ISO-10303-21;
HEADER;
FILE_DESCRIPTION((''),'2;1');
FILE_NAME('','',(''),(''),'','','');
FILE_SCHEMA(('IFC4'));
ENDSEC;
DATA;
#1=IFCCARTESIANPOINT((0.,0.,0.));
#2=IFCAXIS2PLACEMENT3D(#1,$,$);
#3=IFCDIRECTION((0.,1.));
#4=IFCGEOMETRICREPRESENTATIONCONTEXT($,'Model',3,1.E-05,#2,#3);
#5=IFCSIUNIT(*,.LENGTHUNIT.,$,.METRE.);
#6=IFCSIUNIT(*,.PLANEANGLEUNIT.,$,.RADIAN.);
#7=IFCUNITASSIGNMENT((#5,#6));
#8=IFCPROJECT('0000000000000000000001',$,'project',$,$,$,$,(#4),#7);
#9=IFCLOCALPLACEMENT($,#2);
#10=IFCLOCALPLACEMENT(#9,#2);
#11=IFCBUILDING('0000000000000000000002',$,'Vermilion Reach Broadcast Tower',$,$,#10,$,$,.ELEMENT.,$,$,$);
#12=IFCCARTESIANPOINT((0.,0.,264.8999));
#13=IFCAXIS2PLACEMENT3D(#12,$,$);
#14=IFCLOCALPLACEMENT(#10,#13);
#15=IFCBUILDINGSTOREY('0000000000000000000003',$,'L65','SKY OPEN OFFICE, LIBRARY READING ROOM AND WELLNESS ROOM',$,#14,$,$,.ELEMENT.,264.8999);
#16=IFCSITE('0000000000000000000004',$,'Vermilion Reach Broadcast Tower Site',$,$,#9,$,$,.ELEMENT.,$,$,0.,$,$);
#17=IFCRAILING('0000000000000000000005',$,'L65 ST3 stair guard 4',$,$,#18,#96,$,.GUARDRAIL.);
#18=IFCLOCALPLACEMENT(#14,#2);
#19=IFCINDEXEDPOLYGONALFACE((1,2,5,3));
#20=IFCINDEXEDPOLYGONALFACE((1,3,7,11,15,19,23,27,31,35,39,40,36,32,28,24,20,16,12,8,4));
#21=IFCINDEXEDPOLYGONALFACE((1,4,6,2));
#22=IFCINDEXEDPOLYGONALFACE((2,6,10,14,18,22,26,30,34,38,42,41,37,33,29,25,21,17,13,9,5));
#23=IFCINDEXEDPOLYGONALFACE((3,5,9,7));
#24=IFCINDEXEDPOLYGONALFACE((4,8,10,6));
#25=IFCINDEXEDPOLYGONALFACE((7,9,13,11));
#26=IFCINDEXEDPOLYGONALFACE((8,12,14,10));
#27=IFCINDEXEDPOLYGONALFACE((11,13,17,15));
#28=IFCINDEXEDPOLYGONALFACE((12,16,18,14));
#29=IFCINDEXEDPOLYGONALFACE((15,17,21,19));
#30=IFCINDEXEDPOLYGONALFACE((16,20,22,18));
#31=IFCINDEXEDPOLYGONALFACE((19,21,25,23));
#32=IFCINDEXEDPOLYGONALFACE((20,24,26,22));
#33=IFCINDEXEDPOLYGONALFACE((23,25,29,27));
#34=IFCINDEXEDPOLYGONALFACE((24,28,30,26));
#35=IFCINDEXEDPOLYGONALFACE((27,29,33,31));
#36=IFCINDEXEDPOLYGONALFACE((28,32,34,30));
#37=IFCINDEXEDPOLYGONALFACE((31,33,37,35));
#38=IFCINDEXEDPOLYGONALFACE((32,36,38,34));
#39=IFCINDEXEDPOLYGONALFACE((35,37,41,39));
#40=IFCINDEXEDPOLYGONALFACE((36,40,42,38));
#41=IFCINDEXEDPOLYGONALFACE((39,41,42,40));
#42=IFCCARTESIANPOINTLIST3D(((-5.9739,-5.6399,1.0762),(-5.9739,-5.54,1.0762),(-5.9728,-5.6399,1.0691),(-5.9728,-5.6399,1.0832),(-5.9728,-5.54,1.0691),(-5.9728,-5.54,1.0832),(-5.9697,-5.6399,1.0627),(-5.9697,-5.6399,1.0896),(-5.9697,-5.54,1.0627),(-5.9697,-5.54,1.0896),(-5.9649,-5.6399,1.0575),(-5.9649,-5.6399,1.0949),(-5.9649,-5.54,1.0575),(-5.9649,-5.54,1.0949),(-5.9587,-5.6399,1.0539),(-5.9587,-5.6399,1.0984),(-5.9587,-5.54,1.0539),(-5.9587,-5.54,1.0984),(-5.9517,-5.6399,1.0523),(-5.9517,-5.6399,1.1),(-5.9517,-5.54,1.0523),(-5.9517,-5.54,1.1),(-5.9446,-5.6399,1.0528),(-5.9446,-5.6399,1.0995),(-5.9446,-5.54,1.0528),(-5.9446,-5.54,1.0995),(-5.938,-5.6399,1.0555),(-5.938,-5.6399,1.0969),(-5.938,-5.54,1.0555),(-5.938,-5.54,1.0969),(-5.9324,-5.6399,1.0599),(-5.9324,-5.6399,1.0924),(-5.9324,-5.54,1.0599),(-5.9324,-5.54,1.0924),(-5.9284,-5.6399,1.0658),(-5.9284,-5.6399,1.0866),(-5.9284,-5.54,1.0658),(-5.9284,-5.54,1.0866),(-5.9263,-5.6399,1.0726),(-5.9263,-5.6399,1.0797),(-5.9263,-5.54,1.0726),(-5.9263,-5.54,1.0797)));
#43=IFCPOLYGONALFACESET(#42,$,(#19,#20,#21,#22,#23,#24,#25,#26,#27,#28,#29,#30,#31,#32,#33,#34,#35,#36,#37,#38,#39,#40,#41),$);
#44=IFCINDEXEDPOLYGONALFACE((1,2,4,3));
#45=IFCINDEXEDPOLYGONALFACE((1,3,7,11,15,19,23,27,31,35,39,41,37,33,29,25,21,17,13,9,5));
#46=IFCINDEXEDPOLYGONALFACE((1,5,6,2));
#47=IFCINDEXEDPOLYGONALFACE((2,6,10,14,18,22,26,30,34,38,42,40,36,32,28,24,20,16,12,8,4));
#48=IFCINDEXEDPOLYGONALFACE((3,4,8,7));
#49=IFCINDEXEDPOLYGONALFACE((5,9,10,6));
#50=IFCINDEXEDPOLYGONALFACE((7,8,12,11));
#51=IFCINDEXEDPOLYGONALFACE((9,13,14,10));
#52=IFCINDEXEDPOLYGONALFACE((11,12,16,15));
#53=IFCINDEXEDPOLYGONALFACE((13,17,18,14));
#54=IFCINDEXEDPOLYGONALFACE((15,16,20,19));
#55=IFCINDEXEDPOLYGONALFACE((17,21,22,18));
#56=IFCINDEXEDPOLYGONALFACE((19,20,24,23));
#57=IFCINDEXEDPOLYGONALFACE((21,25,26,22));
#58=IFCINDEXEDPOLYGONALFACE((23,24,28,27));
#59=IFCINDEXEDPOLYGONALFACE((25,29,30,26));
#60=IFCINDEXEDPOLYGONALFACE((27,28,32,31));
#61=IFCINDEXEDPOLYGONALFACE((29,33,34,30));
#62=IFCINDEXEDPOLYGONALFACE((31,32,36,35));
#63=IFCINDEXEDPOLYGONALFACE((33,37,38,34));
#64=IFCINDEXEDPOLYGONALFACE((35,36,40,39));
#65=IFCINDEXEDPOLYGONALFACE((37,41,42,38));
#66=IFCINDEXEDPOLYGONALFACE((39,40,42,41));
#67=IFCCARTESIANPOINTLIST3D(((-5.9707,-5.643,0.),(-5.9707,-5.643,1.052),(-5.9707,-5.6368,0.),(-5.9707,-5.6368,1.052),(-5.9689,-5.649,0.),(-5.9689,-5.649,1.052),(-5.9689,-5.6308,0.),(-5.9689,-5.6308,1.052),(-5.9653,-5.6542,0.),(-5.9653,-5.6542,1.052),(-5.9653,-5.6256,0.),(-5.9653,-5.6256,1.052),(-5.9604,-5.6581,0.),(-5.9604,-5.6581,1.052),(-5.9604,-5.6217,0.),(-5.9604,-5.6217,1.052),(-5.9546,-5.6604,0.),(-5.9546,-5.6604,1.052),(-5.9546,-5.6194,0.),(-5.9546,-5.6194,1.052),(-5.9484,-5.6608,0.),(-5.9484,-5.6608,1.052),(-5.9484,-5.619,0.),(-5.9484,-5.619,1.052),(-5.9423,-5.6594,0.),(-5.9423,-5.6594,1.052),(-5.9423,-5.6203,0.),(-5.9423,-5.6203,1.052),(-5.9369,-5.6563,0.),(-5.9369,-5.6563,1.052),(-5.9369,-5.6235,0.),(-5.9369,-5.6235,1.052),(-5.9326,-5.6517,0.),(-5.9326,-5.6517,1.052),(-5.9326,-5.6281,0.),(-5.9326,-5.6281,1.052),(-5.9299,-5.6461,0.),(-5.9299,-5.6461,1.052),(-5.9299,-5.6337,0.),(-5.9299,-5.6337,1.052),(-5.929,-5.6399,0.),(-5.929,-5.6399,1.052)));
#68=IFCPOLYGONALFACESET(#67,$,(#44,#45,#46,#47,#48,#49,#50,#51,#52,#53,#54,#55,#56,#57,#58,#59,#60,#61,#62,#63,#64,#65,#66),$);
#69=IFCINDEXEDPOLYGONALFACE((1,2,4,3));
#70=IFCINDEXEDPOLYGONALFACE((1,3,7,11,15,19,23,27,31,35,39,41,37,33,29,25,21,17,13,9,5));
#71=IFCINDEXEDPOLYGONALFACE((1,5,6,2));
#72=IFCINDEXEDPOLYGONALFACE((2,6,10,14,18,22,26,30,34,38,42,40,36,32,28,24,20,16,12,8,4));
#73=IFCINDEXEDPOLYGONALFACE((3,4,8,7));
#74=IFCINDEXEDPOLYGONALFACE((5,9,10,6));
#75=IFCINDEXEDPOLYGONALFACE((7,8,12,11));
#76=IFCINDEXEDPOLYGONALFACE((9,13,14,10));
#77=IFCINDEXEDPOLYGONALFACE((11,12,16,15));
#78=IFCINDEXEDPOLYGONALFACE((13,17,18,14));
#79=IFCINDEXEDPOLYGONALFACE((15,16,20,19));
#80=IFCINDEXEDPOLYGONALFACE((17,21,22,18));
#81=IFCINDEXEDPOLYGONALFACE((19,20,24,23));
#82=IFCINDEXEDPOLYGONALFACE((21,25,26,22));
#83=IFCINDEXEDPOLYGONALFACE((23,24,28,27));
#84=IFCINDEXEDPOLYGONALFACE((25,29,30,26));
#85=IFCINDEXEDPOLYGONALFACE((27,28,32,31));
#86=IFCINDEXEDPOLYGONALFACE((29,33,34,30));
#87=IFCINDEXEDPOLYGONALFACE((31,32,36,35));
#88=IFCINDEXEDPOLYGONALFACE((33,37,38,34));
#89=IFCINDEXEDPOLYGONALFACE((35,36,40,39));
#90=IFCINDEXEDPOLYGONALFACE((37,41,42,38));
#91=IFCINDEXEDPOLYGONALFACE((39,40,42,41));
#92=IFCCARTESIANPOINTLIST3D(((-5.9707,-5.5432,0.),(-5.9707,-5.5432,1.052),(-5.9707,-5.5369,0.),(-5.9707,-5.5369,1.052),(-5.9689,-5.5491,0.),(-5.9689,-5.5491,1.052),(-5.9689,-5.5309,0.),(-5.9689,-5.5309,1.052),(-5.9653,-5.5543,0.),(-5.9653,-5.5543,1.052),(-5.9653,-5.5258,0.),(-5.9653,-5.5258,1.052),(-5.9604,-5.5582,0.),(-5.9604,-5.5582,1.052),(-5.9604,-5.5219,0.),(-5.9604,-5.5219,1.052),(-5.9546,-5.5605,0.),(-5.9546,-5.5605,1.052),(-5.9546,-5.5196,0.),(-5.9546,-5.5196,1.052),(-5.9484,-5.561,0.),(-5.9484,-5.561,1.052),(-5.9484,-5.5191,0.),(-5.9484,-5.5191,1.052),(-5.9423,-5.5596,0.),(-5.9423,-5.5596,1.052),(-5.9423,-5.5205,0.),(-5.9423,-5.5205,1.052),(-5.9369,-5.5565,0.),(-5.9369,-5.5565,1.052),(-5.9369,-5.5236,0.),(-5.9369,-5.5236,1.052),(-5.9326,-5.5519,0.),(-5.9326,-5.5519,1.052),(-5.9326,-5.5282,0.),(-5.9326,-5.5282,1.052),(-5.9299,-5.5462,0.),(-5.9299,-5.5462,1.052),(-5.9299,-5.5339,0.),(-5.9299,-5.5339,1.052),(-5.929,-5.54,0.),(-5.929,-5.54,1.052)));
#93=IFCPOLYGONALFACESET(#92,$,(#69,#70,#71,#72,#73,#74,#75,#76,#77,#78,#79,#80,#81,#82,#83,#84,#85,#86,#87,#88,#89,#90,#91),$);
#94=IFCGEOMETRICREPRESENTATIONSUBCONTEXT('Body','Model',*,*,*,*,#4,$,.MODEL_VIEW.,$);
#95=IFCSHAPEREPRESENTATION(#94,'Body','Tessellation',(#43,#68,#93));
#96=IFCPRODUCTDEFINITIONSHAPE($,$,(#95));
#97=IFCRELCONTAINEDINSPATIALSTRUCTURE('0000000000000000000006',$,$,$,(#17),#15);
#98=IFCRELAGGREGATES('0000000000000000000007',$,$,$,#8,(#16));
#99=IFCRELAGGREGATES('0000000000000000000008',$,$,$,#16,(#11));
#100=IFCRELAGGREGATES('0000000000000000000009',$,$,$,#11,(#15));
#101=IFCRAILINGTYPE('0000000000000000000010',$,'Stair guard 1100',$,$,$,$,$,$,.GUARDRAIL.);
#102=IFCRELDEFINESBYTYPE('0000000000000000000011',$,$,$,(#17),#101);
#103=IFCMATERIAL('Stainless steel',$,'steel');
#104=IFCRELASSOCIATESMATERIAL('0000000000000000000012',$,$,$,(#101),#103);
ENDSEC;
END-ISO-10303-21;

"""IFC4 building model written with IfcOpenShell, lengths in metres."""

from ifc_helpers import new_model, si_unit, direction, frame, origin, origin_2d, place, context, subcontext, project, spatial, circle, extrude, material, type_object, element, save


model = new_model("IFC4")

# Units and contexts
model_context = context("Model", 3, precision=1e-05, world=origin(), true_north=direction((0.0, 1.0)))
body_context = subcontext(model_context, "Body", "Model", "MODEL_VIEW")
ifc_project = project(units=[si_unit("LENGTHUNIT", "METRE"), si_unit("PLANEANGLEUNIT", "RADIAN")], contexts=[model_context])

# Site, building, storey
site_placement = place(None, origin())
site = spatial("IfcSite", under=ifc_project, at=site_placement, Name="Vermilion Reach Broadcast Tower Site", CompositionType="ELEMENT", RefElevation=0.0)
building_placement = place(site_placement, origin())
building = spatial("IfcBuilding", under=site, at=building_placement, Name="Vermilion Reach Broadcast Tower", CompositionType="ELEMENT")
storey_placement = place(building_placement, frame((0.0, 0.0, 264.8999)))
storey = spatial("IfcBuildingStorey", under=building, at=storey_placement, Name="L65", Description="SKY OPEN OFFICE, LIBRARY READING ROOM AND WELLNESS ROOM", CompositionType="ELEMENT", Elevation=264.8999)

# Railing
ifc_material_1 = material(Name="Stainless steel", Category="steel")
railing_type_1 = type_object("IfcRailingType", Name="Stair guard 1100", PredefinedType="GUARDRAIL", material=ifc_material_1)
railing_1_placement = place(storey_placement, frame((-5.95, -5.6399, 0.0)))
element("IfcRailing", 1, at=railing_1_placement, inside=storey, type_object=railing_type_1, Name="L65 ST3 stair guard 4", PredefinedType="GUARDRAIL", context=body_context, shape_type="SweptSolid", body=[
    extrude(circle(Radius=0.0239, at=origin_2d()), frame((0.0, 0.0, 1.0762), z_axis=(0.0, 1.0, 0.0), x_axis=(-1.0, 0.0, 0.0)), (0.0, 0.0, 1.0), 0.0999),
    extrude(circle(Radius=0.021, at=origin_2d()), origin(), (0.0, 0.0, 1.0), 1.052),
    extrude(circle(Radius=0.021, at=origin_2d()), frame((0.0, 0.0999, 0.0)), (0.0, 0.0, 1.0), 1.052),
])

save(model, "model.ifc")
